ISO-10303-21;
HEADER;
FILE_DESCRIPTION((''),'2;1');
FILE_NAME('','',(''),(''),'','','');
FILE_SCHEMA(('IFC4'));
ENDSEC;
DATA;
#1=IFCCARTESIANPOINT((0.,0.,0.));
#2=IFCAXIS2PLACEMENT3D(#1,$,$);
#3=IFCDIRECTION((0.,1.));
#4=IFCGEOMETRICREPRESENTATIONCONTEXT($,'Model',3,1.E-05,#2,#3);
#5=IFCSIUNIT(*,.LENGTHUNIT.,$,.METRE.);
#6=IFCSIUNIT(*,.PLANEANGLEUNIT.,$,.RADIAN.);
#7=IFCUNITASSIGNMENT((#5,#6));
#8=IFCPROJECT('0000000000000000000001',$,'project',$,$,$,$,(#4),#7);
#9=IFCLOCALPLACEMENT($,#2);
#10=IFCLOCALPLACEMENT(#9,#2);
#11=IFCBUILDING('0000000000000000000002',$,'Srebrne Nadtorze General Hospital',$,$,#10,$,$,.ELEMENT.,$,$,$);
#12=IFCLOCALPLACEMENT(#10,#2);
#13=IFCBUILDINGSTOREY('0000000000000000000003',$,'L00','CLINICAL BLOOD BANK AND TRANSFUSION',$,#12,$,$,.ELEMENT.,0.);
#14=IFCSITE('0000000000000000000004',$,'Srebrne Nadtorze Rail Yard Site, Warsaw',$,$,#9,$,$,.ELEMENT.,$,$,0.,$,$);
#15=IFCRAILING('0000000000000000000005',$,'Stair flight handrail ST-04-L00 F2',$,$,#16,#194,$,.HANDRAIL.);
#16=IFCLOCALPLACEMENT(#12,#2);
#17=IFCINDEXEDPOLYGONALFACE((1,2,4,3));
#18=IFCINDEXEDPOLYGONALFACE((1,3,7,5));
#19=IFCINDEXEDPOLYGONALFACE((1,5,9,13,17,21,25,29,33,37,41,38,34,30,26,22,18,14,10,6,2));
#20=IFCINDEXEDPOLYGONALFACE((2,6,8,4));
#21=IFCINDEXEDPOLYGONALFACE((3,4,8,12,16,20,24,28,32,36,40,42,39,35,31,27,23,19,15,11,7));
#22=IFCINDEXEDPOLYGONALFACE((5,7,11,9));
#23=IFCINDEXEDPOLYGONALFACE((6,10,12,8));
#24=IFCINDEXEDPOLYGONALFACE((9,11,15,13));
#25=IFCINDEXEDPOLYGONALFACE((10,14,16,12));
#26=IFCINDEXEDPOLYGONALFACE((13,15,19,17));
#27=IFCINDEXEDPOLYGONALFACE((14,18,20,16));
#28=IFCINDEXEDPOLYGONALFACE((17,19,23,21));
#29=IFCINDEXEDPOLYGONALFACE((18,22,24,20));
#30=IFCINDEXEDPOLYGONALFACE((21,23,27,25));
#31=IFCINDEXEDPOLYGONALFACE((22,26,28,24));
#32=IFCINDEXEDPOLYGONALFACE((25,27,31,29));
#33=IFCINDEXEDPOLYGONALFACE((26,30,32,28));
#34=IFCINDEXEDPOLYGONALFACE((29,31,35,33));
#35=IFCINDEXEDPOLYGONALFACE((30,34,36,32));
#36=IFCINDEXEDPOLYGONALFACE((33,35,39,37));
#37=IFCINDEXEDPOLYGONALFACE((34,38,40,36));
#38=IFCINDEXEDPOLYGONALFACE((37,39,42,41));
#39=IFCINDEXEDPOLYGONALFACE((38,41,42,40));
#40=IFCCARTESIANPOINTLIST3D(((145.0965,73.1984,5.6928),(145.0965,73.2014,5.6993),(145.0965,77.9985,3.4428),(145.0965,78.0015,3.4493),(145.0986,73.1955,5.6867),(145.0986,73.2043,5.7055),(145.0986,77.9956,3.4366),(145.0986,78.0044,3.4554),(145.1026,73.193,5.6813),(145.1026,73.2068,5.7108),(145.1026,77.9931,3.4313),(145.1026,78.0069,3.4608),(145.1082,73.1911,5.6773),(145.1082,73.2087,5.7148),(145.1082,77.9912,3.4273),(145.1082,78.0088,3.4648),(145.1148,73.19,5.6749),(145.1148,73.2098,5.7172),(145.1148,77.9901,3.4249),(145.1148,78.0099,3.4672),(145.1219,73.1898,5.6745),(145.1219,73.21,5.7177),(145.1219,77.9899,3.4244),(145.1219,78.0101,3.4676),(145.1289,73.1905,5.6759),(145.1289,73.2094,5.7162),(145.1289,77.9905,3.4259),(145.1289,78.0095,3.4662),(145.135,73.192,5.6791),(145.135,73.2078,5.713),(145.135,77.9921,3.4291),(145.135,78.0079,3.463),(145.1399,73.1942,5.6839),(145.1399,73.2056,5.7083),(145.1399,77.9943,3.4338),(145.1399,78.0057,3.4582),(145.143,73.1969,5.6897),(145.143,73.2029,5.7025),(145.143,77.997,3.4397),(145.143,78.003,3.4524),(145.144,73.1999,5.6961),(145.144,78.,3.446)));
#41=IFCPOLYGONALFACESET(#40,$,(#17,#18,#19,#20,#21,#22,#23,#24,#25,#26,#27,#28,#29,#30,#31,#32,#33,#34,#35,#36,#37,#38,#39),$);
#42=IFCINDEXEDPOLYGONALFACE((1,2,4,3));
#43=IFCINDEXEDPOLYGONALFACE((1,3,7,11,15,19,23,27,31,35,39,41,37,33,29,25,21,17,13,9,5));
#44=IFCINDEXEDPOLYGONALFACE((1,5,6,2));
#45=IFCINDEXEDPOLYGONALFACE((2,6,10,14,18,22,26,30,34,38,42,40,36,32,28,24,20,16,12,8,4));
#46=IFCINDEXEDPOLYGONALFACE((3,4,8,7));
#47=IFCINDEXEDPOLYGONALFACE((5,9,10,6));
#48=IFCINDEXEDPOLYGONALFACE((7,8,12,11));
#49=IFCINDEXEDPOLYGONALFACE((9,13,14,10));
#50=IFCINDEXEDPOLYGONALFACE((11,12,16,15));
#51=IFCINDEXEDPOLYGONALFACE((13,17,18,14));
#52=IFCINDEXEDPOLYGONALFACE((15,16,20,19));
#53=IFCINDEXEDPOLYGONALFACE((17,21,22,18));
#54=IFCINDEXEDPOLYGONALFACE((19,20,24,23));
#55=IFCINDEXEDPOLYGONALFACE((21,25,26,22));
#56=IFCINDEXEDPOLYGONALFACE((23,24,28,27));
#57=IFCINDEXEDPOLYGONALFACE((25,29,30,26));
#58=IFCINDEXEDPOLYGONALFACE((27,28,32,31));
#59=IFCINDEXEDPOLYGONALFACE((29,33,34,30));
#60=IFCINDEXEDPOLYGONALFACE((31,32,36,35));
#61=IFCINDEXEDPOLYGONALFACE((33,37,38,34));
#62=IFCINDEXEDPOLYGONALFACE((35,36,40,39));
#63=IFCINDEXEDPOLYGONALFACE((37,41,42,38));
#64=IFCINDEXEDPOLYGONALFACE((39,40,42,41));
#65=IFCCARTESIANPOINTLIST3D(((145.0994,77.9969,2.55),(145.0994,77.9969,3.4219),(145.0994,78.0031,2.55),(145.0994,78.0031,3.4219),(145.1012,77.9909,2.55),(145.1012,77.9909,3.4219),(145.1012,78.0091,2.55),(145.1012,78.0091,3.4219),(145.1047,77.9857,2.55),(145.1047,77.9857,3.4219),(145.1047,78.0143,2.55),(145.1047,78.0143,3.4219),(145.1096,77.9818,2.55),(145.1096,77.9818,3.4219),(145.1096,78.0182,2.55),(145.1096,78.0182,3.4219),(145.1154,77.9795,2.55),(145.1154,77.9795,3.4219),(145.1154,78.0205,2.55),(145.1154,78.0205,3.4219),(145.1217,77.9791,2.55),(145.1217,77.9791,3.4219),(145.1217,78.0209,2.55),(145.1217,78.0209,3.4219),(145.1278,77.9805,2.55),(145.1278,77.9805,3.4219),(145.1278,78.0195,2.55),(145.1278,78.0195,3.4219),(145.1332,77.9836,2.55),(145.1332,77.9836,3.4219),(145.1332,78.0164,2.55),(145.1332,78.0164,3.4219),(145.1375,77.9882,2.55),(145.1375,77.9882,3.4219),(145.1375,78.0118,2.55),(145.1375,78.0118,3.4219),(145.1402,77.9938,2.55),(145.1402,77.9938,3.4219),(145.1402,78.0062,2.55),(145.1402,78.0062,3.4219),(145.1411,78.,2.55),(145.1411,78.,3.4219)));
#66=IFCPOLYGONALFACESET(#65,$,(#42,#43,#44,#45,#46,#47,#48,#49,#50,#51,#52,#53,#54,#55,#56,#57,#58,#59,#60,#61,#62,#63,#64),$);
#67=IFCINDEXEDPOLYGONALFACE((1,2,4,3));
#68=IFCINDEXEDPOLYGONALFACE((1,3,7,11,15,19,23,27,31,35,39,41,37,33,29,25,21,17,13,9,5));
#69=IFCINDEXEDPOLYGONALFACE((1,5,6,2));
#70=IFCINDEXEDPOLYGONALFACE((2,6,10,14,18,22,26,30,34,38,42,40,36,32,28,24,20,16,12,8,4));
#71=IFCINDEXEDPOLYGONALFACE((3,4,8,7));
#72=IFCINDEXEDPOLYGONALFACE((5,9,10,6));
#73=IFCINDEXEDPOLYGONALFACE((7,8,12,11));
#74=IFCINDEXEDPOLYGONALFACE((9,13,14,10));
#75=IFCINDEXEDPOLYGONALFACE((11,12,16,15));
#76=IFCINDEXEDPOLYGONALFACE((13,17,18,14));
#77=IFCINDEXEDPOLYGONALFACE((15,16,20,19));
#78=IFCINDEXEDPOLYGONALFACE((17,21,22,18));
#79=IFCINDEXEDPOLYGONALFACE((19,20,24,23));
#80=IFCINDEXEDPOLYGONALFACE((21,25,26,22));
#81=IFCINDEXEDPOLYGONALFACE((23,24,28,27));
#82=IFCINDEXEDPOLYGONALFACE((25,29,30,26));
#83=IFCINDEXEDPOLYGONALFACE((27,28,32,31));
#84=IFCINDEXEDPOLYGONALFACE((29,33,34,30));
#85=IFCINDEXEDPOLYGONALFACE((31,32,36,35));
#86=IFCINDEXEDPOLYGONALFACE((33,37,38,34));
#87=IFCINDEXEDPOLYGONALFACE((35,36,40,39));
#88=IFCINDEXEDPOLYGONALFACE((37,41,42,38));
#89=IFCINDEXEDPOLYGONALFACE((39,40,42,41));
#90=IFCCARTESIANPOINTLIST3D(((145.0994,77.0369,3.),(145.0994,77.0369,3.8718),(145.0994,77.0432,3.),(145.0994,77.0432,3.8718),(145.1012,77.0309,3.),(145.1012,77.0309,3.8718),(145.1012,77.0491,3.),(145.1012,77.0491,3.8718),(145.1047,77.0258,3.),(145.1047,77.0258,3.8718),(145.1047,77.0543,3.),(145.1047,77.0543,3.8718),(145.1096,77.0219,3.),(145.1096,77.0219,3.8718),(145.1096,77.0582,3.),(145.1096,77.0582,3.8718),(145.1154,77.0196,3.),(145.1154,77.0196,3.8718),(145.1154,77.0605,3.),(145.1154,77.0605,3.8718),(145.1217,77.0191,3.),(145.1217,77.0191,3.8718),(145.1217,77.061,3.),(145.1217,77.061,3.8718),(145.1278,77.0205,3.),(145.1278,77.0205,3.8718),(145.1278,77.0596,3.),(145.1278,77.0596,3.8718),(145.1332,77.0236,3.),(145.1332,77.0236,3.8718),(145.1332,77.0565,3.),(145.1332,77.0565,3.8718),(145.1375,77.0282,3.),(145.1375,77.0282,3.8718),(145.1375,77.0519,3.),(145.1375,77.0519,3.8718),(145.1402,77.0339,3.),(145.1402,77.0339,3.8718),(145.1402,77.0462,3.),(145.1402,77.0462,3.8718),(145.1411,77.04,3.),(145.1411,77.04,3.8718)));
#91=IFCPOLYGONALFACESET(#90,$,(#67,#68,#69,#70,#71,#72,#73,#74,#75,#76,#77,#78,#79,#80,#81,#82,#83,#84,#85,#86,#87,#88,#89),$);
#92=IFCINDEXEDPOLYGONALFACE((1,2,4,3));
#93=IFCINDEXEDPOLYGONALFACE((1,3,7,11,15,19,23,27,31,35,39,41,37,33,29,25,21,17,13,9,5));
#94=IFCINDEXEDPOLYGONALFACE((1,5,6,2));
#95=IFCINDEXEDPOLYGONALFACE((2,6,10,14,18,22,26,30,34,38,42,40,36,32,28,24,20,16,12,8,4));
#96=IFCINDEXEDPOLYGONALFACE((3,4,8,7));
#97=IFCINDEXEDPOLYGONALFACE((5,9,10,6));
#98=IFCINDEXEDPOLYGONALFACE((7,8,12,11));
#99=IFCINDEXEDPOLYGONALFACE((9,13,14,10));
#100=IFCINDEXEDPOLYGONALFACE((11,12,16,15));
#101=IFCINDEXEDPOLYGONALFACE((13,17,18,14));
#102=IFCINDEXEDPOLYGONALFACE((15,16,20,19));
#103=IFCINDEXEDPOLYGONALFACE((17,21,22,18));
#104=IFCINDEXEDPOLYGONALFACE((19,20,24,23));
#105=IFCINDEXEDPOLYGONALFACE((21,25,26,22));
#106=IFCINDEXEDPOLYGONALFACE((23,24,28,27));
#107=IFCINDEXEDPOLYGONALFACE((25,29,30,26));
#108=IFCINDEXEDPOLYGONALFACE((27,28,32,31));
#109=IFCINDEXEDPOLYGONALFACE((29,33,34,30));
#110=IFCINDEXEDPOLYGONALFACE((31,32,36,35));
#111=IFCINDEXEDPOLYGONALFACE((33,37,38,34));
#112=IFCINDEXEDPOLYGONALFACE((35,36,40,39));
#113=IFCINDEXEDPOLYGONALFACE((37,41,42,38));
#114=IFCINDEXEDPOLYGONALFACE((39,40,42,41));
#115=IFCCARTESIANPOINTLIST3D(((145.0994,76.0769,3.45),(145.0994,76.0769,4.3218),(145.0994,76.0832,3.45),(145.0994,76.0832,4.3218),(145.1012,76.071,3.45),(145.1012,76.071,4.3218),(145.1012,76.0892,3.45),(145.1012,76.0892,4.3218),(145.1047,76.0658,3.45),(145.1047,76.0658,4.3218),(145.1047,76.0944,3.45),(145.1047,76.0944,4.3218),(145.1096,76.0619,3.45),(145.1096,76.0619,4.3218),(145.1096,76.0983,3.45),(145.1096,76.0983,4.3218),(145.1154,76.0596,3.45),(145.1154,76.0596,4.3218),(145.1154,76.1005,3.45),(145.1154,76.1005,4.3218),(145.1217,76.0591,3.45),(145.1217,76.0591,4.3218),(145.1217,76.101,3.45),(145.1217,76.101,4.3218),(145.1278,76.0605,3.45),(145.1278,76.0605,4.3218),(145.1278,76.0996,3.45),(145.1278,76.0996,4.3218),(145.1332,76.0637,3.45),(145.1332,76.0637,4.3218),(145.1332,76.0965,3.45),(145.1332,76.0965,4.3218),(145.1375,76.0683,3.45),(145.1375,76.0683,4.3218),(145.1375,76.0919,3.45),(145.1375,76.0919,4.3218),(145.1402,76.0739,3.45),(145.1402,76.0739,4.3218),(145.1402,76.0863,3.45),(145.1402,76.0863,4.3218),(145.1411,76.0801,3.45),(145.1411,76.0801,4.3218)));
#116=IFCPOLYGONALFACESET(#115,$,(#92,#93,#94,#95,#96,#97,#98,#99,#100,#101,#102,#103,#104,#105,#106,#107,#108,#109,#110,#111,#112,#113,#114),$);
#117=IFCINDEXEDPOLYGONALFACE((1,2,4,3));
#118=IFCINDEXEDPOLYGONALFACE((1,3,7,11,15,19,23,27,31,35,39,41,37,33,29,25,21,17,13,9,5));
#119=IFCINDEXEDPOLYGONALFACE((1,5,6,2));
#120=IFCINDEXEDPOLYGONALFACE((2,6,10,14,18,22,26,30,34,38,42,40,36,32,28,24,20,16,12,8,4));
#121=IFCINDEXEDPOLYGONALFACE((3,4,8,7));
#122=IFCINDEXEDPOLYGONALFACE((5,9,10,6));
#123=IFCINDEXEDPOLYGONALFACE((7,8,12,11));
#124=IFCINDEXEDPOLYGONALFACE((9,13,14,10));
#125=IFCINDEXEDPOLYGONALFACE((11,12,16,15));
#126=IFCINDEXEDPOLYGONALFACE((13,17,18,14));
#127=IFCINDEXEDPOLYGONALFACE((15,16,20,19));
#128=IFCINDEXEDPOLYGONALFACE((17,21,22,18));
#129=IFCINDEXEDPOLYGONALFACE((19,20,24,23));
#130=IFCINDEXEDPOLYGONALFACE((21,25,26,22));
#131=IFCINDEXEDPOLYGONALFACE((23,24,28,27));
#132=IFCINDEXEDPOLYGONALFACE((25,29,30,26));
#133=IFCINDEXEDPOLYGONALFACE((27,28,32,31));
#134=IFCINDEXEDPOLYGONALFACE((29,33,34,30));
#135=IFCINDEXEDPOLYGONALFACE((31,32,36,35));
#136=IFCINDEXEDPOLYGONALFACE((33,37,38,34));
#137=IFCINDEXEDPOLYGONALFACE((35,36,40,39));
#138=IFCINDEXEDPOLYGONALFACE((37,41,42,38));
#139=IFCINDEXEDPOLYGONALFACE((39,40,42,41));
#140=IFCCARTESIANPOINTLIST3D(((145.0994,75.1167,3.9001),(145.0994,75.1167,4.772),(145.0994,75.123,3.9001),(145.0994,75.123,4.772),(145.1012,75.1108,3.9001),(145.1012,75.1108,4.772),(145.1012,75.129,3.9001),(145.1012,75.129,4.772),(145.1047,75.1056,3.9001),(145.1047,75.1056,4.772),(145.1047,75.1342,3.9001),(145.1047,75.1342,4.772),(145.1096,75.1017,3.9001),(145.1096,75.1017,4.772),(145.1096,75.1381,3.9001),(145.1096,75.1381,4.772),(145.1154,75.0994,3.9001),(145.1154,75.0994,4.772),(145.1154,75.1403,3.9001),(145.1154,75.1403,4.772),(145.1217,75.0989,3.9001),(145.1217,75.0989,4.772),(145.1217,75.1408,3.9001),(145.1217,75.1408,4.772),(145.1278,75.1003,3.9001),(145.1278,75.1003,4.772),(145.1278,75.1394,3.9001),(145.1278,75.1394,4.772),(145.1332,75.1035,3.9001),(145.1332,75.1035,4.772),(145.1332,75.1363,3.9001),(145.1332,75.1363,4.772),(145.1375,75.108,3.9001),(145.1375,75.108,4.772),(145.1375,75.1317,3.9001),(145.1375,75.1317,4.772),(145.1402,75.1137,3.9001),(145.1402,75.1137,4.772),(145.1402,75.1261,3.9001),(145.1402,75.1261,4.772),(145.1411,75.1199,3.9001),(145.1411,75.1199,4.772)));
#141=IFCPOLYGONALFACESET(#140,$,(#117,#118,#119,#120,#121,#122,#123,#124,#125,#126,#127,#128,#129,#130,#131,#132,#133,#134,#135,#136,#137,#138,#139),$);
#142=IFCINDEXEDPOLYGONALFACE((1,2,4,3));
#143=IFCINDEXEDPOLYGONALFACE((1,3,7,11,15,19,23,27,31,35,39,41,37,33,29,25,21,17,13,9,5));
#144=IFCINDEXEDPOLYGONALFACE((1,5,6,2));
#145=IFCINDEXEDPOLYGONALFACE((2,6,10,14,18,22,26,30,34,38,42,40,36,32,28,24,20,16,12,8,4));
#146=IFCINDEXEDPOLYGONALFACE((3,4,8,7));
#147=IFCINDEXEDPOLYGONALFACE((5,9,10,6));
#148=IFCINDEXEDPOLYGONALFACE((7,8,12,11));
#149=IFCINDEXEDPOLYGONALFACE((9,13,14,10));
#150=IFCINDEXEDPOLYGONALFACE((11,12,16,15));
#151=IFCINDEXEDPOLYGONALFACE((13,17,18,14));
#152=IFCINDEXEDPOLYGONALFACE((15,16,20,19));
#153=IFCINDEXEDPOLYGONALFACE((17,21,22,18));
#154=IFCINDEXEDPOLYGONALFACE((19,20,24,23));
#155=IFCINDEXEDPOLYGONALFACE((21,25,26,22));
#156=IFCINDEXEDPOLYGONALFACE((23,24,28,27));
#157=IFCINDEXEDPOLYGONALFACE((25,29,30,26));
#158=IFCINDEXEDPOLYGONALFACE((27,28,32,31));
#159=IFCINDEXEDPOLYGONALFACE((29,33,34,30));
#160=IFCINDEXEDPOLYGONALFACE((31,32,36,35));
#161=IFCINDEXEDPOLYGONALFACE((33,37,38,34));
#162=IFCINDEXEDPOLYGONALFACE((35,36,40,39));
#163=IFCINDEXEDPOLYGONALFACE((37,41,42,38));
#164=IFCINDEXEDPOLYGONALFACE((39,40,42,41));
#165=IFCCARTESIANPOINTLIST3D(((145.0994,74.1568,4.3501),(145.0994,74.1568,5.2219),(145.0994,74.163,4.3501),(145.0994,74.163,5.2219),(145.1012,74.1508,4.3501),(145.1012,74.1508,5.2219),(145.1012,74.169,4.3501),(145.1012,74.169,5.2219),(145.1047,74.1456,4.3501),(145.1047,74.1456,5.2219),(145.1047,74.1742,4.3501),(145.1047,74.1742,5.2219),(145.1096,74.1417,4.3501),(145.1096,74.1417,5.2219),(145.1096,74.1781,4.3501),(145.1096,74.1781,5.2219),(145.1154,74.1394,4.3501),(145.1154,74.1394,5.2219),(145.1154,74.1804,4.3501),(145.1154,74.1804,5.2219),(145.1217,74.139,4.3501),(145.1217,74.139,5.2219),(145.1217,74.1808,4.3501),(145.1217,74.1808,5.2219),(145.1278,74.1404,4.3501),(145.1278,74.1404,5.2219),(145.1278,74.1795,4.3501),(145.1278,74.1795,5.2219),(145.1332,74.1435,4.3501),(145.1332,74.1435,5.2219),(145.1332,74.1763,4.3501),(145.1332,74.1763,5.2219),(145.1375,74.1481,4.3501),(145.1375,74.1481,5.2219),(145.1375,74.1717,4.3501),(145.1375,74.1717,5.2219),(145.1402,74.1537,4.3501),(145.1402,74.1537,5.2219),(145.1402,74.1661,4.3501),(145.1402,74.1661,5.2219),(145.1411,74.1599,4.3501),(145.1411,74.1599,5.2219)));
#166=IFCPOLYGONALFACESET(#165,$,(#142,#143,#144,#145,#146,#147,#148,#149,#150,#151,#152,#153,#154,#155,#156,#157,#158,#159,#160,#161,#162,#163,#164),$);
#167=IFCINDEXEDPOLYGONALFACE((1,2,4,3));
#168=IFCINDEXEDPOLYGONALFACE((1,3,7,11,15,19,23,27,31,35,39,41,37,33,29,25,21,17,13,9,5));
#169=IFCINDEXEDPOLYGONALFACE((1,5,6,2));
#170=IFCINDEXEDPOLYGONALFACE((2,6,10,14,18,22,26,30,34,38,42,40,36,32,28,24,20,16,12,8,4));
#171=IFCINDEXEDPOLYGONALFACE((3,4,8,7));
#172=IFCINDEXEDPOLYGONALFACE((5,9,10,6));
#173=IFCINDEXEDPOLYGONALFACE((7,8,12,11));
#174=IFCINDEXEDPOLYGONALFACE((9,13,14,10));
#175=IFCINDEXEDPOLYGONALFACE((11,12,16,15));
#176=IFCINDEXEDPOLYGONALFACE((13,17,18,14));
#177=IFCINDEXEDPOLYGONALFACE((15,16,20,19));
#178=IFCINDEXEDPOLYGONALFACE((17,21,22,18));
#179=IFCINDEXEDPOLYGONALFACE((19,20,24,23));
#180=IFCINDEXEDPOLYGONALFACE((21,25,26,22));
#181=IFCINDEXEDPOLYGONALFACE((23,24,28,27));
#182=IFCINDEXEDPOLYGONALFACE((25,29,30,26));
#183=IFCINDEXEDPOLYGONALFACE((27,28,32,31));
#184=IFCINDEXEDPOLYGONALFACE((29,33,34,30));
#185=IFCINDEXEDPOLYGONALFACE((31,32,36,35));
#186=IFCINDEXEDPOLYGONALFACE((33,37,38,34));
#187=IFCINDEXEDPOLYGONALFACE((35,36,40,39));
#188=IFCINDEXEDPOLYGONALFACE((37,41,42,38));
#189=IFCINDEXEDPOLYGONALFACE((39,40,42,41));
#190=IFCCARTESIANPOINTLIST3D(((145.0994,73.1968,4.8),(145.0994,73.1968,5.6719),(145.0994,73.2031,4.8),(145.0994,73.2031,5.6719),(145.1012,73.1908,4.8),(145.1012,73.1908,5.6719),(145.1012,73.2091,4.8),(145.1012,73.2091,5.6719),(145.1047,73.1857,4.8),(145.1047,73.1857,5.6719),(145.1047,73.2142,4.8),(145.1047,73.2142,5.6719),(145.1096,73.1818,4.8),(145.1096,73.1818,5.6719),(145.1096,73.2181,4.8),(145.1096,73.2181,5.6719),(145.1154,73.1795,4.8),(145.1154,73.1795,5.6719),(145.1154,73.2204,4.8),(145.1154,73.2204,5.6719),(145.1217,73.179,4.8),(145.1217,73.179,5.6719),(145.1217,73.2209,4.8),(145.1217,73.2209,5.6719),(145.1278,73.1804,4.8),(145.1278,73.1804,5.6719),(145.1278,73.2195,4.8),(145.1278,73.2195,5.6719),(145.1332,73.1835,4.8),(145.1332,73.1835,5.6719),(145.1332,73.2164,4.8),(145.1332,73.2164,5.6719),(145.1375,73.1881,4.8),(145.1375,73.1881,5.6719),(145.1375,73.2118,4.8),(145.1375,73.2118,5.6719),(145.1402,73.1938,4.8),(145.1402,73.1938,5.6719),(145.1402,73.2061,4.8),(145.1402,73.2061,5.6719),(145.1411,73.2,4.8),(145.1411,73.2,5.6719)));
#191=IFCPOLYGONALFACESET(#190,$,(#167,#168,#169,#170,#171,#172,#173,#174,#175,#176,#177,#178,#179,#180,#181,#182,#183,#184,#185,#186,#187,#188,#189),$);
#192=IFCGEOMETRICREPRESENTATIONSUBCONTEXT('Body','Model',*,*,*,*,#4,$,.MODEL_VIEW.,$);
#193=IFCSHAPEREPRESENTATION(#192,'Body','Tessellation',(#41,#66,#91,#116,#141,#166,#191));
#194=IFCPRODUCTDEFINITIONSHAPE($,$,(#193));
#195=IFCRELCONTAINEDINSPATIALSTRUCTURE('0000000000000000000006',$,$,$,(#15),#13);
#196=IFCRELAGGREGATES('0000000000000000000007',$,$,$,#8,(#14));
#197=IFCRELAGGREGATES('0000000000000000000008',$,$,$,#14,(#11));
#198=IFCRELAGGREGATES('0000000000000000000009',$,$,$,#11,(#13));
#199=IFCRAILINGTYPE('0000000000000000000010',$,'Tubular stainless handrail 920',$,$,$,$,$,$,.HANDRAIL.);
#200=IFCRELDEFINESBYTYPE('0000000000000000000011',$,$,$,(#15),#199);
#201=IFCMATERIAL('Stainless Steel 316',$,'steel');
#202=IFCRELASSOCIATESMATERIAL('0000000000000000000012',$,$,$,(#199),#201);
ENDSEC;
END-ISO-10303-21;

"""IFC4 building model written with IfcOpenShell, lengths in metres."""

from ifc_helpers import new_model, si_unit, direction, frame, origin, origin_2d, place, context, subcontext, project, spatial, circle, extrude, material, type_object, element, save


model = new_model("IFC4")

# Units and contexts
model_context = context("Model", 3, precision=1e-05, world=origin(), true_north=direction((0.0, 1.0)))
body_context = subcontext(model_context, "Body", "Model", "MODEL_VIEW")
ifc_project = project(units=[si_unit("LENGTHUNIT", "METRE"), si_unit("PLANEANGLEUNIT", "RADIAN")], contexts=[model_context])

# Site, building, storey
site_placement = place(None, origin())
site = spatial("IfcSite", under=ifc_project, at=site_placement, Name="Srebrne Nadtorze Rail Yard Site, Warsaw", CompositionType="ELEMENT", RefElevation=0.0)
building_placement = place(site_placement, origin())
building = spatial("IfcBuilding", under=site, at=building_placement, Name="Srebrne Nadtorze General Hospital", CompositionType="ELEMENT")
storey_placement = place(building_placement, origin())
storey = spatial("IfcBuildingStorey", under=building, at=storey_placement, Name="L00", Description="CLINICAL BLOOD BANK AND TRANSFUSION", CompositionType="ELEMENT", Elevation=0.0)

# Railing
ifc_material_1 = material(Name="Stainless Steel 316", Category="steel")
railing_type_1 = type_object("IfcRailingType", Name="Tubular stainless handrail 920", PredefinedType="HANDRAIL", material=ifc_material_1)
railing_1_placement = place(storey_placement, frame((145.1201, 78.0, 2.55)))
element("IfcRailing", 1, at=railing_1_placement, inside=storey, type_object=railing_type_1, Name="Stair flight handrail ST-04-L00 F2", PredefinedType="HANDRAIL", context=body_context, shape_type="SweptSolid", body=[
    extrude(circle(Radius=0.0239, at=origin_2d()), frame((0.0, 0.0, 0.896), z_axis=(0.0, -0.905461, 0.42443), x_axis=(1.0, 0.0, 0.0)), (0.0, 0.0, 1.0), 5.3013),
    extrude(circle(Radius=0.021, at=origin_2d()), origin(), (0.0, 0.0, 1.0), 0.8718),
    extrude(circle(Radius=0.021, at=origin_2d()), frame((0.0, -0.96, 0.45)), (0.0, 0.0, 1.0), 0.8718),
    extrude(circle(Radius=0.021, at=origin_2d()), frame((0.0, -1.9199, 0.8999)), (0.0, 0.0, 1.0), 0.8718),
    extrude(circle(Radius=0.021, at=origin_2d()), frame((0.0, -2.8801, 1.3501)), (0.0, 0.0, 1.0), 0.8718),
    extrude(circle(Radius=0.021, at=origin_2d()), frame((0.0, -3.8401, 1.8)), (0.0, 0.0, 1.0), 0.8718),
    extrude(circle(Radius=0.021, at=origin_2d()), frame((0.0, -4.8, 2.25)), (0.0, 0.0, 1.0), 0.8718),
])

save(model, "model.ifc")
